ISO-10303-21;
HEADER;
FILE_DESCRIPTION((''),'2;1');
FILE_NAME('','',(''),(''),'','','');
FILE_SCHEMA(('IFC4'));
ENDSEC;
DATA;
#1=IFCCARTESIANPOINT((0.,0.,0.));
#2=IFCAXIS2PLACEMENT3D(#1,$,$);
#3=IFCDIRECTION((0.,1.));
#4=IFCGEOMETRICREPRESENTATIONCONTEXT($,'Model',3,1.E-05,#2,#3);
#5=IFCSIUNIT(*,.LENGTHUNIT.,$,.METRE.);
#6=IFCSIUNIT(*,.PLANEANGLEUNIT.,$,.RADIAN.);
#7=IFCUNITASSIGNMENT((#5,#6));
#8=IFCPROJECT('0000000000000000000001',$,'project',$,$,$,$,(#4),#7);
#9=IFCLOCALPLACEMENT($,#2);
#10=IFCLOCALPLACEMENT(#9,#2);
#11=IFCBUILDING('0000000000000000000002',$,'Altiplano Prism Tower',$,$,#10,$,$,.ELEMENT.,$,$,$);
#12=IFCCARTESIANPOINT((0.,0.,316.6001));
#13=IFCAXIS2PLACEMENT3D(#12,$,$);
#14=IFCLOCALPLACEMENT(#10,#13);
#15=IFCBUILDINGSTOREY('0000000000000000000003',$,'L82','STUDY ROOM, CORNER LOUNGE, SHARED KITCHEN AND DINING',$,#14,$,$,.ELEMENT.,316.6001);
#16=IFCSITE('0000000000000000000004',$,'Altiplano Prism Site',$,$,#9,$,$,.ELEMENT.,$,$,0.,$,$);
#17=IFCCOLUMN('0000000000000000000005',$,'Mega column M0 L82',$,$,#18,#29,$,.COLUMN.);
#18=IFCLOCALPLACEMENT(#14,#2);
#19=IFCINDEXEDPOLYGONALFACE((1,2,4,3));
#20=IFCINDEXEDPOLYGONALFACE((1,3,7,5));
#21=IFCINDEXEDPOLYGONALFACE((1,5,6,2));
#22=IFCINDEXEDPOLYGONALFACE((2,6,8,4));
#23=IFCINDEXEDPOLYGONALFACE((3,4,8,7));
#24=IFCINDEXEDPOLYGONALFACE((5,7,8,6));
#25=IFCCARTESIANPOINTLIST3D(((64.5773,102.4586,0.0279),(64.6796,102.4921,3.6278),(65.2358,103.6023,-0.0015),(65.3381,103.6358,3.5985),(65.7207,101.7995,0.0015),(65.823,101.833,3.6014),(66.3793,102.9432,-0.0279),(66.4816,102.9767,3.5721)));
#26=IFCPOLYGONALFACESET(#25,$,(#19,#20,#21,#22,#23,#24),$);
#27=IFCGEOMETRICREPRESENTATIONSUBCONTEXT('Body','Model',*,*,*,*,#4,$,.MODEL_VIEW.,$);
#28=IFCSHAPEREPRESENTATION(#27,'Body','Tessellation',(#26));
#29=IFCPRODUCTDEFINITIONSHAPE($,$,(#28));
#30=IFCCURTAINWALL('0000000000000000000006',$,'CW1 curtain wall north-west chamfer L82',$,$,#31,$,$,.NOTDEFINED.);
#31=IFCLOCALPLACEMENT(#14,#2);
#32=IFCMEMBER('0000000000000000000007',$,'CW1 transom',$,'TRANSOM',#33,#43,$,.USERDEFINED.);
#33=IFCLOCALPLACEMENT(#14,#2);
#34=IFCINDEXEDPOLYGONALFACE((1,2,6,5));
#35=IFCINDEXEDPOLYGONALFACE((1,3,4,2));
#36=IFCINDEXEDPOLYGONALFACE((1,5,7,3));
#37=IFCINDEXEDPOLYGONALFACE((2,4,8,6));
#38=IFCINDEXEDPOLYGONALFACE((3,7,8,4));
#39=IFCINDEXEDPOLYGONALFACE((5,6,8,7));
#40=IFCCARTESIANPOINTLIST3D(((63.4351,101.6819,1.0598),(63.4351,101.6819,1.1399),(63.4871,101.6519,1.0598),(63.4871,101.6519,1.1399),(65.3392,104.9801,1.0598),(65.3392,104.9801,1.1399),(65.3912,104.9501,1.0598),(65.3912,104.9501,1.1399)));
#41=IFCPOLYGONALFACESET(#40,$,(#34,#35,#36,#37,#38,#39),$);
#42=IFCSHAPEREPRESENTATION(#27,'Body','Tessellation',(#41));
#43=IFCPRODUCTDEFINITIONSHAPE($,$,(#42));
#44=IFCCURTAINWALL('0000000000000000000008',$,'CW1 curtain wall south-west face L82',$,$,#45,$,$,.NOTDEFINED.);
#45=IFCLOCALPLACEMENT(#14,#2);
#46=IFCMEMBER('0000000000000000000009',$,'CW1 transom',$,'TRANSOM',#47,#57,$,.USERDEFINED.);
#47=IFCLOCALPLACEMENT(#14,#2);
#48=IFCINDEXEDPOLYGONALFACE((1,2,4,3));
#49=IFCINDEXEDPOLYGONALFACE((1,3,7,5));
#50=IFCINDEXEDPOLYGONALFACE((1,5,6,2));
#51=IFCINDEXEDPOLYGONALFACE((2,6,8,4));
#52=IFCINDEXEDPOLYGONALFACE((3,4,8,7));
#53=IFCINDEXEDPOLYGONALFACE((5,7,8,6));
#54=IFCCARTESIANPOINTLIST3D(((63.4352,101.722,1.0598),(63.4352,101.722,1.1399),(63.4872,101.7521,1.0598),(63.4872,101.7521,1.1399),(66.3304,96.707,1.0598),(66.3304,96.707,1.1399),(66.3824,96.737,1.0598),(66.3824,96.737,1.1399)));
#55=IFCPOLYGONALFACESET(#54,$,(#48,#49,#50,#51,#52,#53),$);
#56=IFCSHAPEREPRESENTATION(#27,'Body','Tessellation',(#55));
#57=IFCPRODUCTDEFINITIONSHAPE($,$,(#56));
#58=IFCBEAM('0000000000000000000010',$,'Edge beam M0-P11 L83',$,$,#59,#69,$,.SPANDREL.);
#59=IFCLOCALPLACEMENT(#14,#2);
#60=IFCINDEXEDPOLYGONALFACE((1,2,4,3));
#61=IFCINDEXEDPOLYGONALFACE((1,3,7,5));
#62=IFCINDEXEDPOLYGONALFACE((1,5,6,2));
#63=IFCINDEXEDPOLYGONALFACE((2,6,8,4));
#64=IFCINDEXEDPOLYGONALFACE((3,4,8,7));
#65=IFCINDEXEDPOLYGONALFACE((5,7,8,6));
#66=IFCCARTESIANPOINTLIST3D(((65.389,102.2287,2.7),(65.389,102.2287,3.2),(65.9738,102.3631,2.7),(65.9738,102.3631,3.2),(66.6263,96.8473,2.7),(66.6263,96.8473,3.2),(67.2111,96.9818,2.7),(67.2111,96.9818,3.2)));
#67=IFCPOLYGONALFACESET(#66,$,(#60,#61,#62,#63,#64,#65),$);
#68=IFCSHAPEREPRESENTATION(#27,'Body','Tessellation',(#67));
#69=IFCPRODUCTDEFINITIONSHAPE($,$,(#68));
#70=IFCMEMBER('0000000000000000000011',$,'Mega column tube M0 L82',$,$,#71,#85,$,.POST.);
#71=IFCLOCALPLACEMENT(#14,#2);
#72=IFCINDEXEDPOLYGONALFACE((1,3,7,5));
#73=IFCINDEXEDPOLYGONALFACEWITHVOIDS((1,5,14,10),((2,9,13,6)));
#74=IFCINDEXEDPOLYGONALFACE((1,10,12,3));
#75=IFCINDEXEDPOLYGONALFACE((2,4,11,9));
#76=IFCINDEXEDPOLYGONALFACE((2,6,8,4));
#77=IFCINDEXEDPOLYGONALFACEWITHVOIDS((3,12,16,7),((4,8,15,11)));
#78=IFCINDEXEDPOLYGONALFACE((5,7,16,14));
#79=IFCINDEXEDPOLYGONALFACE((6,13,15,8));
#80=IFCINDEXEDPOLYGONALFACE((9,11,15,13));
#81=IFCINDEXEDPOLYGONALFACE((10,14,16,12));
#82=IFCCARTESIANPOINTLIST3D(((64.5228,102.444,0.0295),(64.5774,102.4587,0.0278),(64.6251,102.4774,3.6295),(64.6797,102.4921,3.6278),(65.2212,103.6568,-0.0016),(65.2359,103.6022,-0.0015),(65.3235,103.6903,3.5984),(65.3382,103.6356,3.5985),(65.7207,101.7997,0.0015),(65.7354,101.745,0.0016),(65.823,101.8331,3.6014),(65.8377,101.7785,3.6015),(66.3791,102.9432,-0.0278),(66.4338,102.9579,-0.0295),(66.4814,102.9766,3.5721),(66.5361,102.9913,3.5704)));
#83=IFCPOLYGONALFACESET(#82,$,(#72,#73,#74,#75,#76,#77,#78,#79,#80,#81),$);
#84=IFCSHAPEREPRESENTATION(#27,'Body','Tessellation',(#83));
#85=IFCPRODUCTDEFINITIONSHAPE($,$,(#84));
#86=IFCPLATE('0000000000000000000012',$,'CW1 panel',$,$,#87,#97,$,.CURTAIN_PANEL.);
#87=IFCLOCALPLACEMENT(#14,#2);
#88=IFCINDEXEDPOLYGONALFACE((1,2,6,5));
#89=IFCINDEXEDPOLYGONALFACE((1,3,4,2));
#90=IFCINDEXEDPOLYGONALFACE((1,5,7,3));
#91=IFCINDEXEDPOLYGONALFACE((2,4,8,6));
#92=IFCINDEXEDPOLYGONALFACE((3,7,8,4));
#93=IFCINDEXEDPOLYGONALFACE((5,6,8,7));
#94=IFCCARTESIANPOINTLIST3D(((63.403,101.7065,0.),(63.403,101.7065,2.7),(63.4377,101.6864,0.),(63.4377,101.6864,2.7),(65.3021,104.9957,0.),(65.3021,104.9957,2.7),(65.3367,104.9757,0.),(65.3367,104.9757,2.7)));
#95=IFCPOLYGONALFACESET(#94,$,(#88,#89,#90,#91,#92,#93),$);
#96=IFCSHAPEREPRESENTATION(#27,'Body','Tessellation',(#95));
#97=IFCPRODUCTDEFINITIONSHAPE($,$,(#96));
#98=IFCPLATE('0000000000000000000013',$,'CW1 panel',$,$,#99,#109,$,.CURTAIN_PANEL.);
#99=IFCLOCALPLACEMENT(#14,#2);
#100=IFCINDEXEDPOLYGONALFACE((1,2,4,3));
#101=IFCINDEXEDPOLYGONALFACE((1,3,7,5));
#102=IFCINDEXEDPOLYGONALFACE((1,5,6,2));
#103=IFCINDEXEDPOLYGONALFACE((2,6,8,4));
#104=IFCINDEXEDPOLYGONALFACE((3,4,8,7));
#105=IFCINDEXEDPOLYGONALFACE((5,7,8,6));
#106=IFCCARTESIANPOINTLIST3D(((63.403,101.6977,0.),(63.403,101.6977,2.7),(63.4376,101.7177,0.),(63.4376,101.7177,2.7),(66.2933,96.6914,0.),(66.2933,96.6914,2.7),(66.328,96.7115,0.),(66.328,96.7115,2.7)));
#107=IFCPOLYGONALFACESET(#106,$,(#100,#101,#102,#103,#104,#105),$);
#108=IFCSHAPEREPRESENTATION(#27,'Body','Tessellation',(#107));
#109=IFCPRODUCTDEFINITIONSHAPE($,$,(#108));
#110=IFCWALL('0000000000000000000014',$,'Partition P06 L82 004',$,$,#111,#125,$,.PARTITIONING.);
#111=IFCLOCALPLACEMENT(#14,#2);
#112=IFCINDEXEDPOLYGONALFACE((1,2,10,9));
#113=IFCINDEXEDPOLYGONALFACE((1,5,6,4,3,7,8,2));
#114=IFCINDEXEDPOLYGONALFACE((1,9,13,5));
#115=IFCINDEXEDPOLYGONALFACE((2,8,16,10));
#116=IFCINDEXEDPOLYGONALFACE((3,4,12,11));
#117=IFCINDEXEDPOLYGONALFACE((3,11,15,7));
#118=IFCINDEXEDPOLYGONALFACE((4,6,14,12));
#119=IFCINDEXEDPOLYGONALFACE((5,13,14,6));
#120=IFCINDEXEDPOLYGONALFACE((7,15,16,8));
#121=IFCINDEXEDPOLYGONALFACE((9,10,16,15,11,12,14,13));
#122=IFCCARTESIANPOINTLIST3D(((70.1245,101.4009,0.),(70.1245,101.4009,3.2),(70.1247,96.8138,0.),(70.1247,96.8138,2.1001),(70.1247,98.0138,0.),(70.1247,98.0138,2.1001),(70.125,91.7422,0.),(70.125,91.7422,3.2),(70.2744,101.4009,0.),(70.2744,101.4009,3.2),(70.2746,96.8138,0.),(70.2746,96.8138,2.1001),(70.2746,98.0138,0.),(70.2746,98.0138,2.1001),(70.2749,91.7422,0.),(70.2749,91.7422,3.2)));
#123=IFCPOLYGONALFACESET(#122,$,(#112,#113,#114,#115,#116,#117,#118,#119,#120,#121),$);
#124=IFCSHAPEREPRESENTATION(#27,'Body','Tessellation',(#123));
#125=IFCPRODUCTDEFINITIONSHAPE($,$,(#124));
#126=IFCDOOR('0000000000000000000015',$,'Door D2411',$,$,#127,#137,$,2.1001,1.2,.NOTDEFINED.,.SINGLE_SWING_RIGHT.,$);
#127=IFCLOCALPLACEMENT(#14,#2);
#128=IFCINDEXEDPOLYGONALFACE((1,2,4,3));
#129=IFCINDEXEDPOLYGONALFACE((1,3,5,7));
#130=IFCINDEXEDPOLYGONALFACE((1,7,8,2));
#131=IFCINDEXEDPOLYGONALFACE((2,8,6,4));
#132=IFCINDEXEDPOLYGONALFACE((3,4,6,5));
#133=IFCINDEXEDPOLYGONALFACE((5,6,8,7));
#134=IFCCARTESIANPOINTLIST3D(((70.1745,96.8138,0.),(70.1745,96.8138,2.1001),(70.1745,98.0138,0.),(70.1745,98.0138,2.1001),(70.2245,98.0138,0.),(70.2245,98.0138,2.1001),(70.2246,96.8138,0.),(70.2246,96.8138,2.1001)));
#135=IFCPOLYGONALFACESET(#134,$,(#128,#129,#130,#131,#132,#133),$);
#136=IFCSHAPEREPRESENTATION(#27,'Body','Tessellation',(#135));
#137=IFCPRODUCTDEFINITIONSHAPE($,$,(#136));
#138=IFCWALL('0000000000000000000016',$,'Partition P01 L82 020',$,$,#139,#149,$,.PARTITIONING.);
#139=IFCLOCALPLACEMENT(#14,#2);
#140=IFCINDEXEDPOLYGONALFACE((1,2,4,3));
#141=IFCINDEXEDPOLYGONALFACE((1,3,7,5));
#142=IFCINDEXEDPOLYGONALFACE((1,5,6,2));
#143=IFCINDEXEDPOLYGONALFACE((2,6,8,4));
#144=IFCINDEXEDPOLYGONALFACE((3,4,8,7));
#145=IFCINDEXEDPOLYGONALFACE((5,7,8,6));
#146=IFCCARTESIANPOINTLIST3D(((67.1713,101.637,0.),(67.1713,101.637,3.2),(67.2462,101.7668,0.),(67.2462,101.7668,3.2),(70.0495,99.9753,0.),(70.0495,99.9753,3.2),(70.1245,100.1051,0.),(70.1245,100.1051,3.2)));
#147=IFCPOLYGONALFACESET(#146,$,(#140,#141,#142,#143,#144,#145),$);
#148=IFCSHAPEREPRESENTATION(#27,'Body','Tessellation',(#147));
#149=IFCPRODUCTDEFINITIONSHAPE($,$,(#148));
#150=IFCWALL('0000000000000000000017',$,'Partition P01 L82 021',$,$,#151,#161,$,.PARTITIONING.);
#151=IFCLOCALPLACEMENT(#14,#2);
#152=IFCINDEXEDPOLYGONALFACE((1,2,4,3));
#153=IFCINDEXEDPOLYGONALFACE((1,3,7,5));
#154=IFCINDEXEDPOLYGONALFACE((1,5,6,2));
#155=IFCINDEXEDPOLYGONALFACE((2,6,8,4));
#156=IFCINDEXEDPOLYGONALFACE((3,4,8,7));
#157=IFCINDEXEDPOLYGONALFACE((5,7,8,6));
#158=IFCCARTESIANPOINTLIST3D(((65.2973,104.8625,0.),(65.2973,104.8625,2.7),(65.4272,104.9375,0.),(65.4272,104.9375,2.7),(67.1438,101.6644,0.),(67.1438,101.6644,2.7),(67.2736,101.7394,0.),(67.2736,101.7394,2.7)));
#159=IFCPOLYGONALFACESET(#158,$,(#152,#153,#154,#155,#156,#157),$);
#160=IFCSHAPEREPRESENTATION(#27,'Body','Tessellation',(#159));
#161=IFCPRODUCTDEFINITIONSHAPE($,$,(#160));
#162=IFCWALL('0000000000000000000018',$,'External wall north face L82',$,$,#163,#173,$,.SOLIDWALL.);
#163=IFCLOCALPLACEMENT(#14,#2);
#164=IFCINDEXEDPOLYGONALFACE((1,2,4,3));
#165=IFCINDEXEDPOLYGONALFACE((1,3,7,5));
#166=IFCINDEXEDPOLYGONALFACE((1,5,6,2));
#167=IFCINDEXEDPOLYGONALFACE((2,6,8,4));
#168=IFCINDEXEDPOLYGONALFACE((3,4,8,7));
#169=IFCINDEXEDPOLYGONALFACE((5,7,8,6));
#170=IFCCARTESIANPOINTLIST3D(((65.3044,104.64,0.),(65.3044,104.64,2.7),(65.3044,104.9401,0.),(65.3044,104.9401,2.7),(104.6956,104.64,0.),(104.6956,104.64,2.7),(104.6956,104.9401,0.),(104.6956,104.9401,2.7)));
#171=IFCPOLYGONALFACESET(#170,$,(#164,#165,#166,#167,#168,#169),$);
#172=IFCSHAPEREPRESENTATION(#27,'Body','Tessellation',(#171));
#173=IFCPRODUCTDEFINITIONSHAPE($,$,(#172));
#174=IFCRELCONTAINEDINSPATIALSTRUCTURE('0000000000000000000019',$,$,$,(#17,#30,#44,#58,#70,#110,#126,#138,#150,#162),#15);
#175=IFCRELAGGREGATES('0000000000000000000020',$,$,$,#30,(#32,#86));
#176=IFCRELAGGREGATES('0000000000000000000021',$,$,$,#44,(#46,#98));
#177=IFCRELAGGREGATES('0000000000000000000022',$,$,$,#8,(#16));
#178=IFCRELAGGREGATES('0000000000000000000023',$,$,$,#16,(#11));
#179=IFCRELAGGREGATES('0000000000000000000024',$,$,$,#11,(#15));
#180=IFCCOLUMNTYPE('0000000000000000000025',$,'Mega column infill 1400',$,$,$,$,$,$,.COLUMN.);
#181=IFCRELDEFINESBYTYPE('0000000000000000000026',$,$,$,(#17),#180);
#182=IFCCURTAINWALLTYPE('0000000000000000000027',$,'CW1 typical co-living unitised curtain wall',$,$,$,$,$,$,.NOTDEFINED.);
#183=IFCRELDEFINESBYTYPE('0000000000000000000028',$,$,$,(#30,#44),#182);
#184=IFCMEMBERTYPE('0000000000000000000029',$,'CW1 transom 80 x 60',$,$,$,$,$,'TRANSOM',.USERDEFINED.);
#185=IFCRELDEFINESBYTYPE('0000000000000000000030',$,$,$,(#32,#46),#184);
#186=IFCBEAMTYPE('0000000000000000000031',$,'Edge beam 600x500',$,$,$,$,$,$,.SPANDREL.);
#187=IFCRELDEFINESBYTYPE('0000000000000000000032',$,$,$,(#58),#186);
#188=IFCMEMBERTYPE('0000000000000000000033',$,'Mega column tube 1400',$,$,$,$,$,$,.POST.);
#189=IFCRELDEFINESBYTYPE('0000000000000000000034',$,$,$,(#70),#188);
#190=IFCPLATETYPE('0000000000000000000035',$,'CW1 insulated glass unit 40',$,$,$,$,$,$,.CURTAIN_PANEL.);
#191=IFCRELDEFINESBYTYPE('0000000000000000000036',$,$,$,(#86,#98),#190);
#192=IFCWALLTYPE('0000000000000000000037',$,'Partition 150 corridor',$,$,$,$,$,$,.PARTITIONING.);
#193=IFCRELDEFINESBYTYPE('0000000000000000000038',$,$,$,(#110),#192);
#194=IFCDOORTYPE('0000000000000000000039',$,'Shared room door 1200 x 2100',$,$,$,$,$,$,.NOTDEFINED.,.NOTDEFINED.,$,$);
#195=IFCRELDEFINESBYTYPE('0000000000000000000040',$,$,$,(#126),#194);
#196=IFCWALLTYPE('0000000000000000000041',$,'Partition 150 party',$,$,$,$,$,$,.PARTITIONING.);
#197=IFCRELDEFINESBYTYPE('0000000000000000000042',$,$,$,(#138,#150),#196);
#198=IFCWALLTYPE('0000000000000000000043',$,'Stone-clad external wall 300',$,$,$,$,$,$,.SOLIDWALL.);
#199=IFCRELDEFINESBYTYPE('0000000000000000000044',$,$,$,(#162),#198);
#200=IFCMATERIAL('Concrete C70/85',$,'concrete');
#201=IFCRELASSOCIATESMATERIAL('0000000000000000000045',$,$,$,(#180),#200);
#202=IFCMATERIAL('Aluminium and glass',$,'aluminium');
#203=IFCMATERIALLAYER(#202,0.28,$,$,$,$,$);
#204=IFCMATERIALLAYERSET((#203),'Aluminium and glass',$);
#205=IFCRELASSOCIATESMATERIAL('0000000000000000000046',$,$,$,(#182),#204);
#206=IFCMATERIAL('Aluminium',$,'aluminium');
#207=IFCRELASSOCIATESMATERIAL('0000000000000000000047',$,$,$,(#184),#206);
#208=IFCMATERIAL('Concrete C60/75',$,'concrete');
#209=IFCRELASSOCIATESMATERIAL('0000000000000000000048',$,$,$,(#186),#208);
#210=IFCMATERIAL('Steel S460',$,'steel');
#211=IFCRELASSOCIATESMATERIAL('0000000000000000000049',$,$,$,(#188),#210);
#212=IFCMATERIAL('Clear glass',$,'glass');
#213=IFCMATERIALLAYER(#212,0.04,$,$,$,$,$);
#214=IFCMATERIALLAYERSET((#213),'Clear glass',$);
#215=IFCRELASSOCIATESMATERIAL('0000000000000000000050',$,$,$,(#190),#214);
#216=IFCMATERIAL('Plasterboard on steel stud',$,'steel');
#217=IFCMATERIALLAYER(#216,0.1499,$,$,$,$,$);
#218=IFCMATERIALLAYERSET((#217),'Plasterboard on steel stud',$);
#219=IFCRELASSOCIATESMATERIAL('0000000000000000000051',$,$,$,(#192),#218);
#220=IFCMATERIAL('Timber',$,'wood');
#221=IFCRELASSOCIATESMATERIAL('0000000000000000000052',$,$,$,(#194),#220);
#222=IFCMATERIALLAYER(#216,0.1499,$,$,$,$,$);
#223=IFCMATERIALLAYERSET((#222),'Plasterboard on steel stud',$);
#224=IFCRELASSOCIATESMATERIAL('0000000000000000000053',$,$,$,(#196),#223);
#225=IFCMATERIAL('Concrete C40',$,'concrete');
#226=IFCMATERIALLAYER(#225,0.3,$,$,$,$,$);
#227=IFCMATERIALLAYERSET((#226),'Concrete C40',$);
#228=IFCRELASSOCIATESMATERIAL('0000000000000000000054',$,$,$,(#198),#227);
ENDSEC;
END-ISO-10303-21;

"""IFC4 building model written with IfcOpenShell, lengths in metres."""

from ifc_helpers import new_model, si_unit, direction, frame, frame_2d, origin, origin_2d, place, context, subcontext, project, spatial, rectangle, hollow_rectangle, extrude, material, layer, layer_set, material_profile, profile_set, type_object, element, fill, aggregate, save


model = new_model("IFC4")

# Units and contexts
model_context = context("Model", 3, precision=1e-05, world=origin(), true_north=direction((0.0, 1.0)))
body_context = subcontext(model_context, "Body", "Model", "MODEL_VIEW")
ifc_project = project(units=[si_unit("LENGTHUNIT", "METRE"), si_unit("PLANEANGLEUNIT", "RADIAN")], contexts=[model_context])

# Site, building, storey
site_placement = place(None, origin())
site = spatial("IfcSite", under=ifc_project, at=site_placement, Name="Altiplano Prism Site", CompositionType="ELEMENT", RefElevation=0.0)
building_placement = place(site_placement, origin())
building = spatial("IfcBuilding", under=site, at=building_placement, Name="Altiplano Prism Tower", CompositionType="ELEMENT")
storey_placement = place(building_placement, frame((0.0, 0.0, 316.6001)))
storey = spatial("IfcBuildingStorey", under=building, at=storey_placement, Name="L82", Description="STUDY ROOM, CORNER LOUNGE, SHARED KITCHEN AND DINING", CompositionType="ELEMENT", Elevation=316.6001)

# Column
ifc_material_1 = material(Name="Concrete C70/85", Category="concrete")
ifc_material_profile_1 = material_profile(ifc_material_1, rectangle(XDim=1.3201, YDim=1.3201, at=origin_2d()), Name="Mega column infill 1400")
ifc_profile_set_1 = profile_set([ifc_material_profile_1], Name="Concrete C70/85")
column_type = type_object("IfcColumnType", Name="Mega column infill 1400", PredefinedType="COLUMN", material=ifc_profile_set_1)
column_placement = place(storey_placement, frame((65.4783, 102.7009, 0.0), z_axis=(0.028404, 0.009287, 0.999553), x_axis=(-0.8662, 0.499297, 0.019975)))
element("IfcColumn", 1, at=column_placement, inside=storey, type_object=column_type, Name="Mega column M0 L82", PredefinedType="COLUMN", context=body_context, shape_type="SweptSolid", body=[
    extrude(rectangle(XDim=1.3201, YDim=1.3201, at=origin_2d()), origin(), (0.0, 0.0, 1.0), 3.6016),
])

# Curtain walls, members
ifc_material_2 = material(Name="Aluminium and glass", Category="aluminium")
ifc_layer_1 = layer(ifc_material_2, 0.28)
ifc_layer_set_1 = layer_set([ifc_layer_1], Name="Aluminium and glass")
curtain_wall_type = type_object("IfcCurtainWallType", Name="CW1 typical co-living unitised curtain wall", PredefinedType="NOTDEFINED", material=ifc_layer_set_1)
curtain_wall_1_placement = place(storey_placement, origin())
curtain_wall_1 = element("IfcCurtainWall", 2, at=curtain_wall_1_placement, inside=storey, type_object=curtain_wall_type, Name="CW1 curtain wall north-west chamfer L82", PredefinedType="NOTDEFINED")
ifc_material_3 = material(Name="Aluminium", Category="aluminium")
ifc_material_profile_2 = material_profile(ifc_material_3, rectangle(XDim=0.0601, YDim=0.0801, at=origin_2d()), Name="CW1 transom 80 x 60")
ifc_profile_set_2 = profile_set([ifc_material_profile_2], Name="Aluminium")
member_type_1 = type_object("IfcMemberType", Name="CW1 transom 80 x 60", ElementType="TRANSOM", PredefinedType="USERDEFINED", material=ifc_profile_set_2)
member_1_placement = place(storey_placement, frame((65.3652, 104.9651, 1.0999), z_axis=(-0.49998, -0.866037, 0.0), x_axis=(0.866037, -0.49998, 0.0)))
member_1 = element("IfcMember", 3, at=member_1_placement, type_object=member_type_1, Name="CW1 transom", ObjectType="TRANSOM", PredefinedType="USERDEFINED", context=body_context, shape_type="SweptSolid", body=[
    extrude(rectangle(XDim=0.0601, YDim=0.0801, at=origin_2d()), origin(), (0.0, 0.0, 1.0), 3.8083),
])
curtain_wall_2_placement = place(storey_placement, origin())
curtain_wall_2 = element("IfcCurtainWall", 4, at=curtain_wall_2_placement, inside=storey, type_object=curtain_wall_type, Name="CW1 curtain wall south-west face L82", PredefinedType="NOTDEFINED")
member_2_placement = place(storey_placement, frame((63.4612, 101.7371, 1.0999), z_axis=(0.499971, -0.866042, 0.0), x_axis=(0.866042, 0.499971, 0.0)))
member_2 = element("IfcMember", 5, at=member_2_placement, type_object=member_type_1, Name="CW1 transom", ObjectType="TRANSOM", PredefinedType="USERDEFINED", context=body_context, shape_type="SweptSolid", body=[
    extrude(rectangle(XDim=0.0601, YDim=0.0801, at=origin_2d()), origin(), (0.0, 0.0, 1.0), 5.7908),
])

# Beam
ifc_material_4 = material(Name="Concrete C60/75", Category="concrete")
ifc_material_profile_3 = material_profile(ifc_material_4, rectangle(XDim=0.6001, YDim=0.5, at=origin_2d()), Name="Edge beam 600x500")
ifc_profile_set_3 = profile_set([ifc_material_profile_3], Name="Concrete C60/75")
beam_type = type_object("IfcBeamType", Name="Edge beam 600x500", PredefinedType="SPANDREL", material=ifc_profile_set_3)
beam_placement = place(storey_placement, frame((65.6814, 102.2959, 2.95), z_axis=(0.224078, -0.974571, 0.0), x_axis=(0.974571, 0.224078, 0.0)))
element("IfcBeam", 6, at=beam_placement, inside=storey, type_object=beam_type, Name="Edge beam M0-P11 L83", PredefinedType="SPANDREL", context=body_context, shape_type="SweptSolid", body=[
    extrude(rectangle(XDim=0.6001, YDim=0.5, at=origin_2d()), origin(), (0.0, 0.0, 1.0), 5.5217),
])

# Member
ifc_material_5 = material(Name="Steel S460", Category="steel")
ifc_material_profile_4 = material_profile(ifc_material_5, hollow_rectangle(XDim=1.3999, YDim=1.3999, WallThickness=0.04, at=origin_2d()), Name="Mega column tube 1400")
ifc_profile_set_4 = profile_set([ifc_material_profile_4], Name="Steel S460")
member_type_2 = type_object("IfcMemberType", Name="Mega column tube 1400", PredefinedType="POST", material=ifc_profile_set_4)
member_3_placement = place(storey_placement, frame((65.4783, 102.7009, 0.0), z_axis=(0.028404, 0.009287, 0.999553), x_axis=(-0.8662, 0.499297, 0.019975)))
element("IfcMember", 7, at=member_3_placement, inside=storey, type_object=member_type_2, Name="Mega column tube M0 L82", PredefinedType="POST", context=body_context, shape_type="SweptSolid", body=[
    extrude(hollow_rectangle(XDim=1.3999, YDim=1.3999, WallThickness=0.04, at=origin_2d()), origin(), (0.0, 0.0, 1.0), 3.6016),
])

# Plates
ifc_material_6 = material(Name="Clear glass", Category="glass")
ifc_layer_2 = layer(ifc_material_6, 0.04)
ifc_layer_set_2 = layer_set([ifc_layer_2], Name="Clear glass")
plate_type = type_object("IfcPlateType", Name="CW1 insulated glass unit 40", PredefinedType="CURTAIN_PANEL", material=ifc_layer_set_2)
plate_1_placement = place(storey_placement, frame((64.3699, 103.3411, 0.0), z_axis=(0.0, 0.0, 1.0), x_axis=(-0.5, -0.866025, 0.0)))
plate_1 = element("IfcPlate", 8, at=plate_1_placement, type_object=plate_type, Name="CW1 panel", PredefinedType="CURTAIN_PANEL", context=body_context, shape_type="SweptSolid", body=[
    extrude(rectangle(XDim=3.7981, YDim=0.04, at=origin_2d()), origin(), (0.0, 0.0, 1.0), 2.7),
])
aggregate(curtain_wall_1, [member_1, plate_1])
plate_2_placement = place(storey_placement, frame((64.8655, 99.2046, 0.0), z_axis=(0.0, 0.0, 1.0), x_axis=(0.5, -0.866025, 0.0)))
plate_2 = element("IfcPlate", 9, at=plate_2_placement, type_object=plate_type, Name="CW1 panel", PredefinedType="CURTAIN_PANEL", context=body_context, shape_type="SweptSolid", body=[
    extrude(rectangle(XDim=5.7808, YDim=0.04, at=origin_2d()), origin(), (0.0, 0.0, 1.0), 2.7),
])
aggregate(curtain_wall_2, [member_2, plate_2])

# Wall, opening, door
ifc_material_7 = material(Name="Plasterboard on steel stud", Category="steel")
ifc_layer_3 = layer(ifc_material_7, 0.1499)
ifc_layer_set_3 = layer_set([ifc_layer_3], Name="Plasterboard on steel stud")
wall_type_1 = type_object("IfcWallType", Name="Partition 150 corridor", PredefinedType="PARTITIONING", material=ifc_layer_set_3)
wall_1_placement = place(storey_placement, frame((70.1995, 101.4009, 0.0), z_axis=(0.0, 0.0, 1.0), x_axis=(0.000051, -1.0, 0.0)))
wall_1 = element("IfcWall", 10, at=wall_1_placement, inside=storey, type_object=wall_type_1, Name="Partition P06 L82 004", PredefinedType="PARTITIONING", context=body_context, shape_type="SweptSolid", body=[
    extrude(rectangle(XDim=9.6587, YDim=0.1499, at=frame_2d((4.8293, 0.0))), origin(), (0.0, 0.0, 1.0), 3.2),
])
opening_placement = place(wall_1_placement, frame((3.387, 0.0, 0.0)))
opening = element("IfcOpeningElement", 11, at=opening_placement, cuts=wall_1, PredefinedType="OPENING", context=body_context, shape_type="SweptSolid", body=[
    extrude(rectangle(XDim=1.2, YDim=2.1001, at=frame_2d((0.6001, 1.05))), frame((0.0, 0.0854, 0.0), z_axis=(0.0, -1.0, 0.0), x_axis=(1.0, 0.0, 0.0)), (0.0, 0.0, 1.0), 0.1709),
])
ifc_material_8 = material(Name="Timber", Category="wood")
door_type = type_object("IfcDoorType", Name="Shared room door 1200 x 2100", OperationType="NOTDEFINED", PredefinedType="NOTDEFINED", material=ifc_material_8)
door_placement = place(opening_placement, origin())
door = element("IfcDoor", 12, at=door_placement, inside=storey, type_object=door_type, Name="Door D2411", OperationType="SINGLE_SWING_RIGHT", OverallHeight=2.1001, OverallWidth=1.2, PredefinedType="NOTDEFINED", context=body_context, shape_type="SweptSolid", body=[
    extrude(rectangle(XDim=1.2, YDim=2.1001, at=frame_2d((0.6001, 1.05))), frame((0.0, 0.0249, 0.0), z_axis=(0.0, -1.0, 0.0), x_axis=(1.0, 0.0, 0.0)), (0.0, 0.0, 1.0), 0.05),
])
fill(opening, door)

# Walls
ifc_layer_4 = layer(ifc_material_7, 0.1499)
ifc_layer_set_4 = layer_set([ifc_layer_4], Name="Plasterboard on steel stud")
wall_type_2 = type_object("IfcWallType", Name="Partition 150 party", PredefinedType="PARTITIONING", material=ifc_layer_set_4)
wall_2_placement = place(storey_placement, frame((70.0869, 100.0403, 0.0), z_axis=(0.0, 0.0, 1.0), x_axis=(-0.866038, 0.499979, 0.0)))
element("IfcWall", 13, at=wall_2_placement, inside=storey, type_object=wall_type_2, Name="Partition P01 L82 020", PredefinedType="PARTITIONING", context=body_context, shape_type="SweptSolid", body=[
    extrude(rectangle(XDim=3.3235, YDim=0.1499, at=frame_2d((1.6616, 0.0))), origin(), (0.0, 0.0, 1.0), 3.2),
])
wall_3_placement = place(storey_placement, frame((67.2087, 101.7019, 0.0), z_axis=(0.0, 0.0, 1.0), x_axis=(-0.500014, 0.866017, 0.0)))
element("IfcWall", 14, at=wall_3_placement, inside=storey, type_object=wall_type_2, Name="Partition P01 L82 021", PredefinedType="PARTITIONING", context=body_context, shape_type="SweptSolid", body=[
    extrude(rectangle(XDim=3.6929, YDim=0.1499, at=frame_2d((1.8464, 0.0))), origin(), (0.0, 0.0, 1.0), 2.7),
])
ifc_material_9 = material(Name="Concrete C40", Category="concrete")
ifc_layer_5 = layer(ifc_material_9, 0.3)
ifc_layer_set_5 = layer_set([ifc_layer_5], Name="Concrete C40")
wall_type_3 = type_object("IfcWallType", Name="Stone-clad external wall 300", PredefinedType="SOLIDWALL", material=ifc_layer_set_5)
wall_4_placement = place(storey_placement, frame((65.3044, 104.79, 0.0), z_axis=(0.0, 0.0, 1.0), x_axis=(1.0, 0.0, 0.0)))
element("IfcWall", 15, at=wall_4_placement, inside=storey, type_object=wall_type_3, Name="External wall north face L82", PredefinedType="SOLIDWALL", context=body_context, shape_type="SweptSolid", body=[
    extrude(rectangle(XDim=39.3911, YDim=0.3, at=frame_2d((19.6956, 0.0))), origin(), (0.0, 0.0, 1.0), 2.7),
])

save(model, "model.ifc")
